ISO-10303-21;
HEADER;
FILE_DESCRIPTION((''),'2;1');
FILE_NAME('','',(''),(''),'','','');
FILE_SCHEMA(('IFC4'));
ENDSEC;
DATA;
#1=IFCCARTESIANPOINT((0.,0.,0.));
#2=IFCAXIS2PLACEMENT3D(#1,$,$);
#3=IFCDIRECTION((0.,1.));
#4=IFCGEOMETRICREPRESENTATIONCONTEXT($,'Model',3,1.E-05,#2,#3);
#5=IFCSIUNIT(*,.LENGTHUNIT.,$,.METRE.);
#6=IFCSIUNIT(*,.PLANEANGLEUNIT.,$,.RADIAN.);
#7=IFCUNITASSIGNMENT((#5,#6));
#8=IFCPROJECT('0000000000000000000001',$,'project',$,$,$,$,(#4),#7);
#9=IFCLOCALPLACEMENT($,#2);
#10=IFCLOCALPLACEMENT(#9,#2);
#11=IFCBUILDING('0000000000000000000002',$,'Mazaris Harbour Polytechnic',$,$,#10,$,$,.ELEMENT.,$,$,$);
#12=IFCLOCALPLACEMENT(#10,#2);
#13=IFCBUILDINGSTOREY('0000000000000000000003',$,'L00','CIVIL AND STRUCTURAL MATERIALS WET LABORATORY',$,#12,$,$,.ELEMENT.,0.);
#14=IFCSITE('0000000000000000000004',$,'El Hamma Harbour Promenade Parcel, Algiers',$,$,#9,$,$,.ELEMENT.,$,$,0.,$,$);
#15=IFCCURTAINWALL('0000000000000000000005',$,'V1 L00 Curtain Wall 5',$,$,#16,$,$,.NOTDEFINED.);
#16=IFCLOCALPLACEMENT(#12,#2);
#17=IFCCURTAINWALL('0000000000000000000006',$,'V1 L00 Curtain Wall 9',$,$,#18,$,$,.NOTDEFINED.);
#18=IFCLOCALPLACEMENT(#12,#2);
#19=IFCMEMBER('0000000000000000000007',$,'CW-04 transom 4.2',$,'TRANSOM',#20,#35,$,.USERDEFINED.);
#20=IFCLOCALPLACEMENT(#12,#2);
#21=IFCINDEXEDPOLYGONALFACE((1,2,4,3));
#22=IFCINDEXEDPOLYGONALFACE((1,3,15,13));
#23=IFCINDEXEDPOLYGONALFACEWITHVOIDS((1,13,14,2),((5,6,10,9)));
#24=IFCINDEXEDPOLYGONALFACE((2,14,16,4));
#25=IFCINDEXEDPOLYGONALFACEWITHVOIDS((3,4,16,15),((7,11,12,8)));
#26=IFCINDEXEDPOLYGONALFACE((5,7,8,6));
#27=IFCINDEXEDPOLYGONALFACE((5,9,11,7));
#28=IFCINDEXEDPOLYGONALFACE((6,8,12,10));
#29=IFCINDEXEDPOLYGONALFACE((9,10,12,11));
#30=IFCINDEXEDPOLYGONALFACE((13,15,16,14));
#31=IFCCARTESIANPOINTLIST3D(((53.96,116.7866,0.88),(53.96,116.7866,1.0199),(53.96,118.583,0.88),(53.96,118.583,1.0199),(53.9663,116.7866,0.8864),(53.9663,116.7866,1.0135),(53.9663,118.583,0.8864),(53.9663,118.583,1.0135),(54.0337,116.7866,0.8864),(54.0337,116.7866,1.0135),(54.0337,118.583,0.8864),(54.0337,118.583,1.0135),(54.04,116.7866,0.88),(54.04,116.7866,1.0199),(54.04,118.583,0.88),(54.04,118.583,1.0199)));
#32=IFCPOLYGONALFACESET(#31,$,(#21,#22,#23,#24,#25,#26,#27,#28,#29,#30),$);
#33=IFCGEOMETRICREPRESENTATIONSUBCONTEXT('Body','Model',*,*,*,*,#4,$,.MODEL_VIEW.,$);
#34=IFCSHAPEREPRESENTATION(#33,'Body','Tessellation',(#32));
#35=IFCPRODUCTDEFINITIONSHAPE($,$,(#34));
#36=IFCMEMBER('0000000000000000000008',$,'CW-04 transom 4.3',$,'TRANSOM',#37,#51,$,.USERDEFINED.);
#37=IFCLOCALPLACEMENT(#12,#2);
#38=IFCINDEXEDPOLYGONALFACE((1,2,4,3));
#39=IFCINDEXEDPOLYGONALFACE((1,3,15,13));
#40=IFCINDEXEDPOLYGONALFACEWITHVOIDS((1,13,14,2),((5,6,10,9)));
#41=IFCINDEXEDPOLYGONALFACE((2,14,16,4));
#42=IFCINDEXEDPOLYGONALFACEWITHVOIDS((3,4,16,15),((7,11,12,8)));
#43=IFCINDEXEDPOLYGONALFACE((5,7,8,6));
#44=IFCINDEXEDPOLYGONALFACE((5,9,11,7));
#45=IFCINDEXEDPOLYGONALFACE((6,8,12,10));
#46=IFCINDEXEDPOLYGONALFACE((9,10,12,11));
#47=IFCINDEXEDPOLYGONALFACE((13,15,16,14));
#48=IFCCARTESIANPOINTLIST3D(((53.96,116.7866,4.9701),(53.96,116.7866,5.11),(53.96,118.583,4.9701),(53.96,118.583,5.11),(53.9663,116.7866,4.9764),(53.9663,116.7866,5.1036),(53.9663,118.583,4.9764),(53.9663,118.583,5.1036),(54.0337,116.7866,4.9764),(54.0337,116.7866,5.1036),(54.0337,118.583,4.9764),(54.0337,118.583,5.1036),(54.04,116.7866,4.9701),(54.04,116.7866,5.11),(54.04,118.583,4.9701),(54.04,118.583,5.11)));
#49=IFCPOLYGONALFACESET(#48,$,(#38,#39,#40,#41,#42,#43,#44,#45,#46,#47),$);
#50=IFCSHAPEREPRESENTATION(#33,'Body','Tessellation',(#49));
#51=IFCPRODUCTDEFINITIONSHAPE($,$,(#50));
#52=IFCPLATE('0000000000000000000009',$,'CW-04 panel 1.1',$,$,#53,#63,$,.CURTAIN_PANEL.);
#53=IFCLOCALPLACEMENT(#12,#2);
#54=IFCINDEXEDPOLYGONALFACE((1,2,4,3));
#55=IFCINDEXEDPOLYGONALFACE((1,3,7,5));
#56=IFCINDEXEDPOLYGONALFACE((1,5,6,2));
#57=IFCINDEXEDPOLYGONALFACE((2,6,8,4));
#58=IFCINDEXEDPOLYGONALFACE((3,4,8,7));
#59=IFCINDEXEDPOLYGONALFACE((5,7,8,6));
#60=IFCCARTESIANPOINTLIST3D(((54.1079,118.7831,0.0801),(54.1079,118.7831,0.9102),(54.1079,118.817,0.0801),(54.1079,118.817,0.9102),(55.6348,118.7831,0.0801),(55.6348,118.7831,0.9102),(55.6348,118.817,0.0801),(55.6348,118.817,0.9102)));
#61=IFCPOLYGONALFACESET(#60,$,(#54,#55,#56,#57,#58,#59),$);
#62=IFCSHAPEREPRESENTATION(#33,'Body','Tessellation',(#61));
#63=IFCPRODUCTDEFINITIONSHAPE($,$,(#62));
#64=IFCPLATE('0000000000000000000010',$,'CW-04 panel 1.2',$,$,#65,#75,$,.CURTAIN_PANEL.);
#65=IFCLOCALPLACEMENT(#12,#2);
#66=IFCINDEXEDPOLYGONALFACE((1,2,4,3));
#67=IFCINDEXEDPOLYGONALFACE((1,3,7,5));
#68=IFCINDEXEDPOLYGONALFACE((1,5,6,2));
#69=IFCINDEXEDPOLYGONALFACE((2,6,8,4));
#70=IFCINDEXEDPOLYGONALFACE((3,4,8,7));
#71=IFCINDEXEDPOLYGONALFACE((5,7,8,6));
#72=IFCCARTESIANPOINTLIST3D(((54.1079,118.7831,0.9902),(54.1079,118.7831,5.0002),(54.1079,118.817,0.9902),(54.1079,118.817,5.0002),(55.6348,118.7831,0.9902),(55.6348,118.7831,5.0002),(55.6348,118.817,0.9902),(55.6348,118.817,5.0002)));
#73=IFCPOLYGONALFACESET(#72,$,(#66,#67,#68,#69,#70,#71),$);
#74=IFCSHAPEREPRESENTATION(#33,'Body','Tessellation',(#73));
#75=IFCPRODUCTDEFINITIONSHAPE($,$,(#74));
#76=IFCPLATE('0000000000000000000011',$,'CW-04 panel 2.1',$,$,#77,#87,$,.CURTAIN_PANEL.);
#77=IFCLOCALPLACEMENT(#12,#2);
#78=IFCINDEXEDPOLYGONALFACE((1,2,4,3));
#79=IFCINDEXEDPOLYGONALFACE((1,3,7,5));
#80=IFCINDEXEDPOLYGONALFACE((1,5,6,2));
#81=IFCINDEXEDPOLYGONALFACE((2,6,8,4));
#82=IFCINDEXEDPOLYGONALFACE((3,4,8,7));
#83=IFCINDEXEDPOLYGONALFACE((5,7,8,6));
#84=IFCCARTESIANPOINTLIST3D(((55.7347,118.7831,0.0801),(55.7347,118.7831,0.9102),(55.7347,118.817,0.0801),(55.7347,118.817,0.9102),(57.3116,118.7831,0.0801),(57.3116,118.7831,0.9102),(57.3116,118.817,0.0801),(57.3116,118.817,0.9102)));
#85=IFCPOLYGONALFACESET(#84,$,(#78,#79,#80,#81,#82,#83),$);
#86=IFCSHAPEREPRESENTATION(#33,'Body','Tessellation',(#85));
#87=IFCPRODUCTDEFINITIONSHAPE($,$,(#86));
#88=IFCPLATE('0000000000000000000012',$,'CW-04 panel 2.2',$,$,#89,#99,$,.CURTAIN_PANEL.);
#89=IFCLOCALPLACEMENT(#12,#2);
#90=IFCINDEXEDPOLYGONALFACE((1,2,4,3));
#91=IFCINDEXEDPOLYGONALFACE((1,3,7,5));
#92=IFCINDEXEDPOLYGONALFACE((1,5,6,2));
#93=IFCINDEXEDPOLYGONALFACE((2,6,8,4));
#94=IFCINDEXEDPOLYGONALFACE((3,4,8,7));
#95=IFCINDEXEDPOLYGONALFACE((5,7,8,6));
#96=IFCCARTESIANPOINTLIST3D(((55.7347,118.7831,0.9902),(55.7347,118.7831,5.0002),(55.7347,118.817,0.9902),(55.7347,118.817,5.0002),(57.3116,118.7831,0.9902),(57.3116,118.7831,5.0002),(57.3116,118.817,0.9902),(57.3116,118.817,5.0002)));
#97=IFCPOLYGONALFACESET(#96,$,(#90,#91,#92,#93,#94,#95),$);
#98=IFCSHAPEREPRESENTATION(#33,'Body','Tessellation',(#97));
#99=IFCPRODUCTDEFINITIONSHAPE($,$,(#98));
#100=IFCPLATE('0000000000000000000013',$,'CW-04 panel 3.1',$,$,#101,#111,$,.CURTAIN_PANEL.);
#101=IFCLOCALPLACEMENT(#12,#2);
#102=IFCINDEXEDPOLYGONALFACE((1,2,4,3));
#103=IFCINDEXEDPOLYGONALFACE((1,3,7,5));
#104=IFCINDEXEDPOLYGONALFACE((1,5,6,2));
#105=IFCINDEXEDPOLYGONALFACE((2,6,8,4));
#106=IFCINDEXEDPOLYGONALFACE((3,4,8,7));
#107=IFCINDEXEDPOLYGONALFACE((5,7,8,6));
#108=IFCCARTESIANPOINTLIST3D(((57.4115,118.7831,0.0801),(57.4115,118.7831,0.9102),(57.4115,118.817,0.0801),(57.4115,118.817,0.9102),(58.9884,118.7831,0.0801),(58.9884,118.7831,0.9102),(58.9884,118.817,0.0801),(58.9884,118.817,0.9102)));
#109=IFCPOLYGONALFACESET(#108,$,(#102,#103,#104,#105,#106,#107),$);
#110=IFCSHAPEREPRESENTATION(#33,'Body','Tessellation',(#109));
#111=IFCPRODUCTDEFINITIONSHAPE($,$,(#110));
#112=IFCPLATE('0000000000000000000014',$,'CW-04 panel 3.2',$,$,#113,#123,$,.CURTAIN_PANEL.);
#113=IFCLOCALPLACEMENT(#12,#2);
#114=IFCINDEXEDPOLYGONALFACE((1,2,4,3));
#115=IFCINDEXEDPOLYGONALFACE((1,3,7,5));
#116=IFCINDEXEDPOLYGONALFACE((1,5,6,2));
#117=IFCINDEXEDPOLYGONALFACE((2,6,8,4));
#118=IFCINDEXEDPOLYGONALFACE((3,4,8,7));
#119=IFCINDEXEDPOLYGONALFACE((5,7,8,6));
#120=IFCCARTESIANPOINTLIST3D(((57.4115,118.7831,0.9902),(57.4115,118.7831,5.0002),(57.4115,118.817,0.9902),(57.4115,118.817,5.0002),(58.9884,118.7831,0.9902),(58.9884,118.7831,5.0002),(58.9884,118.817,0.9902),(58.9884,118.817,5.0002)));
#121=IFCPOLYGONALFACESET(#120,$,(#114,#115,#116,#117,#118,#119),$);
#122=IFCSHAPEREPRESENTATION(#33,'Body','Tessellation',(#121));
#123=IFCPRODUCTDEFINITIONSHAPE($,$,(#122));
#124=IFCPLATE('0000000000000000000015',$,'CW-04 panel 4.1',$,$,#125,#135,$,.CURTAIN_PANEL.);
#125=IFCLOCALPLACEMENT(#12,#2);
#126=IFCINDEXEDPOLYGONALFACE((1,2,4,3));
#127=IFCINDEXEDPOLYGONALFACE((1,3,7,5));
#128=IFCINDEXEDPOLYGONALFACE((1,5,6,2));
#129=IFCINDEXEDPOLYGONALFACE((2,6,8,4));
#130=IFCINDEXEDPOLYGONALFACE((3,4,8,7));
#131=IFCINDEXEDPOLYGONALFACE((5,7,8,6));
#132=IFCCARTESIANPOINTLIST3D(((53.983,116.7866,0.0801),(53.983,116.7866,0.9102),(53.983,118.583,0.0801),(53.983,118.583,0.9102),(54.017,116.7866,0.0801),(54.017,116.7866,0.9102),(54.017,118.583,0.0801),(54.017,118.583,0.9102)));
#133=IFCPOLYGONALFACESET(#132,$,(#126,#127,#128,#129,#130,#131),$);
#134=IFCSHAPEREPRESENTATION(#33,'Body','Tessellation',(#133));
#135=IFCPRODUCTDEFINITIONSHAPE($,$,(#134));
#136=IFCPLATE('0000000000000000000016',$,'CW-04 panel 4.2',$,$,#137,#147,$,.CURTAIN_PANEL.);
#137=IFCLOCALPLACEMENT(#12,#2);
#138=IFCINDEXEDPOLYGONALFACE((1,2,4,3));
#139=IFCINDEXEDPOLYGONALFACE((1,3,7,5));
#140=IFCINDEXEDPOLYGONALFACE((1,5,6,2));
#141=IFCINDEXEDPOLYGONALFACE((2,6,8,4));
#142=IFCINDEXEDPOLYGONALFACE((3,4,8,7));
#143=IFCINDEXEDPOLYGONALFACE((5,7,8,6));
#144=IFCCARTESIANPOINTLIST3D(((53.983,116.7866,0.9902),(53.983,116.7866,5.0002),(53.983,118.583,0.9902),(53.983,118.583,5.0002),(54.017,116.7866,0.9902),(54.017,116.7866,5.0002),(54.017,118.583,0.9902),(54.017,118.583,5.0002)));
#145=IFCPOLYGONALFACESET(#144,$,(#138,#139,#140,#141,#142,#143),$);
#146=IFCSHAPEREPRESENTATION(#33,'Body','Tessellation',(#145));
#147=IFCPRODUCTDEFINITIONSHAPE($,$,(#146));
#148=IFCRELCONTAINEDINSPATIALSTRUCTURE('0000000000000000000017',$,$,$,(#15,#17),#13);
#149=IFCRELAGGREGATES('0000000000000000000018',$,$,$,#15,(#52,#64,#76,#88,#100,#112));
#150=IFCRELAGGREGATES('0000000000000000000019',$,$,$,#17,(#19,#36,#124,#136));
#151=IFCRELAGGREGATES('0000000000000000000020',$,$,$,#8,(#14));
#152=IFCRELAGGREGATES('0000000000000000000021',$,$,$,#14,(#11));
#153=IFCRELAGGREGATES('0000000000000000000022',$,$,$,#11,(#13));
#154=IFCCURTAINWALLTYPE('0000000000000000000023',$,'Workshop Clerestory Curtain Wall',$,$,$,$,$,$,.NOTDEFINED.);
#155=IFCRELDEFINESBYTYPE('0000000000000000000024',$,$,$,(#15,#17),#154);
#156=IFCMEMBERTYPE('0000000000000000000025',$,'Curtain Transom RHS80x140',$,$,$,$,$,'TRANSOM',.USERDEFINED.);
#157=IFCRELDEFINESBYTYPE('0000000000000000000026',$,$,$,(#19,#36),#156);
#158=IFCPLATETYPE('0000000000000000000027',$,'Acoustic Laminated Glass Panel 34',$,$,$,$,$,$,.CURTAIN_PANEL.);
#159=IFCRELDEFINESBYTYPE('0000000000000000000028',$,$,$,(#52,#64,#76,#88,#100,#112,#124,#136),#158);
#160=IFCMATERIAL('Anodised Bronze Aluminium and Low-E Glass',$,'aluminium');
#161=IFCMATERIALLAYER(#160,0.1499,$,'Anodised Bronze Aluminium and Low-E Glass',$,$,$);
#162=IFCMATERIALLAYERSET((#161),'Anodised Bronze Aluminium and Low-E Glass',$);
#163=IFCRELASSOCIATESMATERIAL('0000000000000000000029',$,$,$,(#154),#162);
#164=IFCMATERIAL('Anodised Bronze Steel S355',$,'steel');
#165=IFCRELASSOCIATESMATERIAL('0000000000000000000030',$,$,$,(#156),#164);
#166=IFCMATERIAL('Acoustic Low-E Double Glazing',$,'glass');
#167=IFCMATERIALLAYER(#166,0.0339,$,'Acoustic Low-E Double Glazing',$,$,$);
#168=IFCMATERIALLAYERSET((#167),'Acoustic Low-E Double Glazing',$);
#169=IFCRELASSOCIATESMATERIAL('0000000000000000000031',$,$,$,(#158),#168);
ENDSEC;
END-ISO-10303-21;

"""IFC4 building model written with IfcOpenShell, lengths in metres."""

from ifc_helpers import new_model, si_unit, direction, frame, origin, origin_2d, place, context, subcontext, project, spatial, rectangle, hollow_rectangle, extrude, material, layer, layer_set, material_profile, profile_set, type_object, element, aggregate, save


model = new_model("IFC4")

# Units and contexts
model_context = context("Model", 3, precision=1e-05, world=origin(), true_north=direction((0.0, 1.0)))
body_context = subcontext(model_context, "Body", "Model", "MODEL_VIEW")
ifc_project = project(units=[si_unit("LENGTHUNIT", "METRE"), si_unit("PLANEANGLEUNIT", "RADIAN")], contexts=[model_context])

# Site, building, storey
site_placement = place(None, origin())
site = spatial("IfcSite", under=ifc_project, at=site_placement, Name="El Hamma Harbour Promenade Parcel, Algiers", CompositionType="ELEMENT", RefElevation=0.0)
building_placement = place(site_placement, origin())
building = spatial("IfcBuilding", under=site, at=building_placement, Name="Mazaris Harbour Polytechnic", CompositionType="ELEMENT")
storey_placement = place(building_placement, origin())
storey = spatial("IfcBuildingStorey", under=building, at=storey_placement, Name="L00", Description="CIVIL AND STRUCTURAL MATERIALS WET LABORATORY", CompositionType="ELEMENT", Elevation=0.0)

# Curtain walls
ifc_material_1 = material(Name="Anodised Bronze Aluminium and Low-E Glass", Category="aluminium")
ifc_layer_1 = layer(ifc_material_1, 0.1499, Name="Anodised Bronze Aluminium and Low-E Glass")
ifc_layer_set_1 = layer_set([ifc_layer_1], Name="Anodised Bronze Aluminium and Low-E Glass")
curtain_wall_type = type_object("IfcCurtainWallType", Name="Workshop Clerestory Curtain Wall", PredefinedType="NOTDEFINED", material=ifc_layer_set_1)
curtain_wall_1_placement = place(storey_placement, origin())
curtain_wall_1 = element("IfcCurtainWall", 1, at=curtain_wall_1_placement, inside=storey, type_object=curtain_wall_type, Name="V1 L00 Curtain Wall 5", PredefinedType="NOTDEFINED")
curtain_wall_2_placement = place(storey_placement, origin())
curtain_wall_2 = element("IfcCurtainWall", 2, at=curtain_wall_2_placement, inside=storey, type_object=curtain_wall_type, Name="V1 L00 Curtain Wall 9", PredefinedType="NOTDEFINED")

# Members
ifc_material_2 = material(Name="Anodised Bronze Steel S355", Category="steel")
ifc_material_profile_1 = material_profile(ifc_material_2, hollow_rectangle(XDim=0.0801, YDim=0.1399, WallThickness=0.0063, at=origin_2d()), Name="RHS 80x140x6.3")
ifc_profile_set_1 = profile_set([ifc_material_profile_1], Name="Anodised Bronze Steel S355")
member_type_1 = type_object("IfcMemberType", Name="Curtain Transom RHS80x140", ElementType="TRANSOM", PredefinedType="USERDEFINED", material=ifc_profile_set_1)
member_1_placement = place(storey_placement, frame((54.0, 116.7866, 0.95), z_axis=(0.0, 1.0, 0.0), x_axis=(-1.0, 0.0, 0.0)))
member_1 = element("IfcMember", 3, at=member_1_placement, type_object=member_type_1, Name="CW-04 transom 4.2", ObjectType="TRANSOM", PredefinedType="USERDEFINED", context=body_context, shape_type="SweptSolid", body=[
    extrude(hollow_rectangle(XDim=0.0801, YDim=0.1399, WallThickness=0.0063, at=origin_2d()), origin(), (0.0, 0.0, 1.0), 1.7964),
])
member_2_placement = place(storey_placement, frame((54.0, 116.7866, 5.04), z_axis=(0.0, 1.0, 0.0), x_axis=(-1.0, 0.0, 0.0)))
member_2 = element("IfcMember", 4, at=member_2_placement, type_object=member_type_1, Name="CW-04 transom 4.3", ObjectType="TRANSOM", PredefinedType="USERDEFINED", context=body_context, shape_type="SweptSolid", body=[
    extrude(hollow_rectangle(XDim=0.0801, YDim=0.1399, WallThickness=0.0063, at=origin_2d()), origin(), (0.0, 0.0, 1.0), 1.7964),
])

# Plates
ifc_material_3 = material(Name="Acoustic Low-E Double Glazing", Category="glass")
ifc_layer_2 = layer(ifc_material_3, 0.0339, Name="Acoustic Low-E Double Glazing")
ifc_layer_set_2 = layer_set([ifc_layer_2], Name="Acoustic Low-E Double Glazing")
plate_type = type_object("IfcPlateType", Name="Acoustic Laminated Glass Panel 34", PredefinedType="CURTAIN_PANEL", material=ifc_layer_set_2)
plate_1_placement = place(storey_placement, frame((54.8713, 118.8, 0.0801), z_axis=(0.0, 0.0, 1.0), x_axis=(1.0, 0.0, 0.0)))
plate_1 = element("IfcPlate", 5, at=plate_1_placement, type_object=plate_type, Name="CW-04 panel 1.1", PredefinedType="CURTAIN_PANEL", context=body_context, shape_type="SweptSolid", body=[
    extrude(rectangle(XDim=1.5269, YDim=0.0339, at=origin_2d()), origin(), (0.0, 0.0, 1.0), 0.8301),
])
plate_2_placement = place(storey_placement, frame((54.8713, 118.8, 0.9902), z_axis=(0.0, 0.0, 1.0), x_axis=(1.0, 0.0, 0.0)))
plate_2 = element("IfcPlate", 6, at=plate_2_placement, type_object=plate_type, Name="CW-04 panel 1.2", PredefinedType="CURTAIN_PANEL", context=body_context, shape_type="SweptSolid", body=[
    extrude(rectangle(XDim=1.5269, YDim=0.0339, at=origin_2d()), origin(), (0.0, 0.0, 1.0), 4.01),
])
plate_3_placement = place(storey_placement, frame((56.5232, 118.8, 0.0801), z_axis=(0.0, 0.0, 1.0), x_axis=(1.0, 0.0, 0.0)))
plate_3 = element("IfcPlate", 7, at=plate_3_placement, type_object=plate_type, Name="CW-04 panel 2.1", PredefinedType="CURTAIN_PANEL", context=body_context, shape_type="SweptSolid", body=[
    extrude(rectangle(XDim=1.5769, YDim=0.0339, at=origin_2d()), origin(), (0.0, 0.0, 1.0), 0.8301),
])
plate_4_placement = place(storey_placement, frame((56.5232, 118.8, 0.9902), z_axis=(0.0, 0.0, 1.0), x_axis=(1.0, 0.0, 0.0)))
plate_4 = element("IfcPlate", 8, at=plate_4_placement, type_object=plate_type, Name="CW-04 panel 2.2", PredefinedType="CURTAIN_PANEL", context=body_context, shape_type="SweptSolid", body=[
    extrude(rectangle(XDim=1.5769, YDim=0.0339, at=origin_2d()), origin(), (0.0, 0.0, 1.0), 4.01),
])
plate_5_placement = place(storey_placement, frame((58.2, 118.8, 0.0801), z_axis=(0.0, 0.0, 1.0), x_axis=(1.0, 0.0, 0.0)))
plate_5 = element("IfcPlate", 9, at=plate_5_placement, type_object=plate_type, Name="CW-04 panel 3.1", PredefinedType="CURTAIN_PANEL", context=body_context, shape_type="SweptSolid", body=[
    extrude(rectangle(XDim=1.5769, YDim=0.0339, at=origin_2d()), origin(), (0.0, 0.0, 1.0), 0.8301),
])
plate_6_placement = place(storey_placement, frame((58.2, 118.8, 0.9902), z_axis=(0.0, 0.0, 1.0), x_axis=(1.0, 0.0, 0.0)))
plate_6 = element("IfcPlate", 10, at=plate_6_placement, type_object=plate_type, Name="CW-04 panel 3.2", PredefinedType="CURTAIN_PANEL", context=body_context, shape_type="SweptSolid", body=[
    extrude(rectangle(XDim=1.5769, YDim=0.0339, at=origin_2d()), origin(), (0.0, 0.0, 1.0), 4.01),
])
aggregate(curtain_wall_1, [plate_1, plate_2, plate_3, plate_4, plate_5, plate_6])
plate_7_placement = place(storey_placement, frame((54.0, 117.6848, 0.0801), z_axis=(0.0, 0.0, 1.0), x_axis=(0.0, 1.0, 0.0)))
plate_7 = element("IfcPlate", 11, at=plate_7_placement, type_object=plate_type, Name="CW-04 panel 4.1", PredefinedType="CURTAIN_PANEL", context=body_context, shape_type="SweptSolid", body=[
    extrude(rectangle(XDim=1.7964, YDim=0.0339, at=origin_2d()), origin(), (0.0, 0.0, 1.0), 0.8301),
])
plate_8_placement = place(storey_placement, frame((54.0, 117.6848, 0.9902), z_axis=(0.0, 0.0, 1.0), x_axis=(0.0, 1.0, 0.0)))
plate_8 = element("IfcPlate", 12, at=plate_8_placement, type_object=plate_type, Name="CW-04 panel 4.2", PredefinedType="CURTAIN_PANEL", context=body_context, shape_type="SweptSolid", body=[
    extrude(rectangle(XDim=1.7964, YDim=0.0339, at=origin_2d()), origin(), (0.0, 0.0, 1.0), 4.01),
])
aggregate(curtain_wall_2, [member_1, member_2, plate_7, plate_8])

save(model, "model.ifc")
